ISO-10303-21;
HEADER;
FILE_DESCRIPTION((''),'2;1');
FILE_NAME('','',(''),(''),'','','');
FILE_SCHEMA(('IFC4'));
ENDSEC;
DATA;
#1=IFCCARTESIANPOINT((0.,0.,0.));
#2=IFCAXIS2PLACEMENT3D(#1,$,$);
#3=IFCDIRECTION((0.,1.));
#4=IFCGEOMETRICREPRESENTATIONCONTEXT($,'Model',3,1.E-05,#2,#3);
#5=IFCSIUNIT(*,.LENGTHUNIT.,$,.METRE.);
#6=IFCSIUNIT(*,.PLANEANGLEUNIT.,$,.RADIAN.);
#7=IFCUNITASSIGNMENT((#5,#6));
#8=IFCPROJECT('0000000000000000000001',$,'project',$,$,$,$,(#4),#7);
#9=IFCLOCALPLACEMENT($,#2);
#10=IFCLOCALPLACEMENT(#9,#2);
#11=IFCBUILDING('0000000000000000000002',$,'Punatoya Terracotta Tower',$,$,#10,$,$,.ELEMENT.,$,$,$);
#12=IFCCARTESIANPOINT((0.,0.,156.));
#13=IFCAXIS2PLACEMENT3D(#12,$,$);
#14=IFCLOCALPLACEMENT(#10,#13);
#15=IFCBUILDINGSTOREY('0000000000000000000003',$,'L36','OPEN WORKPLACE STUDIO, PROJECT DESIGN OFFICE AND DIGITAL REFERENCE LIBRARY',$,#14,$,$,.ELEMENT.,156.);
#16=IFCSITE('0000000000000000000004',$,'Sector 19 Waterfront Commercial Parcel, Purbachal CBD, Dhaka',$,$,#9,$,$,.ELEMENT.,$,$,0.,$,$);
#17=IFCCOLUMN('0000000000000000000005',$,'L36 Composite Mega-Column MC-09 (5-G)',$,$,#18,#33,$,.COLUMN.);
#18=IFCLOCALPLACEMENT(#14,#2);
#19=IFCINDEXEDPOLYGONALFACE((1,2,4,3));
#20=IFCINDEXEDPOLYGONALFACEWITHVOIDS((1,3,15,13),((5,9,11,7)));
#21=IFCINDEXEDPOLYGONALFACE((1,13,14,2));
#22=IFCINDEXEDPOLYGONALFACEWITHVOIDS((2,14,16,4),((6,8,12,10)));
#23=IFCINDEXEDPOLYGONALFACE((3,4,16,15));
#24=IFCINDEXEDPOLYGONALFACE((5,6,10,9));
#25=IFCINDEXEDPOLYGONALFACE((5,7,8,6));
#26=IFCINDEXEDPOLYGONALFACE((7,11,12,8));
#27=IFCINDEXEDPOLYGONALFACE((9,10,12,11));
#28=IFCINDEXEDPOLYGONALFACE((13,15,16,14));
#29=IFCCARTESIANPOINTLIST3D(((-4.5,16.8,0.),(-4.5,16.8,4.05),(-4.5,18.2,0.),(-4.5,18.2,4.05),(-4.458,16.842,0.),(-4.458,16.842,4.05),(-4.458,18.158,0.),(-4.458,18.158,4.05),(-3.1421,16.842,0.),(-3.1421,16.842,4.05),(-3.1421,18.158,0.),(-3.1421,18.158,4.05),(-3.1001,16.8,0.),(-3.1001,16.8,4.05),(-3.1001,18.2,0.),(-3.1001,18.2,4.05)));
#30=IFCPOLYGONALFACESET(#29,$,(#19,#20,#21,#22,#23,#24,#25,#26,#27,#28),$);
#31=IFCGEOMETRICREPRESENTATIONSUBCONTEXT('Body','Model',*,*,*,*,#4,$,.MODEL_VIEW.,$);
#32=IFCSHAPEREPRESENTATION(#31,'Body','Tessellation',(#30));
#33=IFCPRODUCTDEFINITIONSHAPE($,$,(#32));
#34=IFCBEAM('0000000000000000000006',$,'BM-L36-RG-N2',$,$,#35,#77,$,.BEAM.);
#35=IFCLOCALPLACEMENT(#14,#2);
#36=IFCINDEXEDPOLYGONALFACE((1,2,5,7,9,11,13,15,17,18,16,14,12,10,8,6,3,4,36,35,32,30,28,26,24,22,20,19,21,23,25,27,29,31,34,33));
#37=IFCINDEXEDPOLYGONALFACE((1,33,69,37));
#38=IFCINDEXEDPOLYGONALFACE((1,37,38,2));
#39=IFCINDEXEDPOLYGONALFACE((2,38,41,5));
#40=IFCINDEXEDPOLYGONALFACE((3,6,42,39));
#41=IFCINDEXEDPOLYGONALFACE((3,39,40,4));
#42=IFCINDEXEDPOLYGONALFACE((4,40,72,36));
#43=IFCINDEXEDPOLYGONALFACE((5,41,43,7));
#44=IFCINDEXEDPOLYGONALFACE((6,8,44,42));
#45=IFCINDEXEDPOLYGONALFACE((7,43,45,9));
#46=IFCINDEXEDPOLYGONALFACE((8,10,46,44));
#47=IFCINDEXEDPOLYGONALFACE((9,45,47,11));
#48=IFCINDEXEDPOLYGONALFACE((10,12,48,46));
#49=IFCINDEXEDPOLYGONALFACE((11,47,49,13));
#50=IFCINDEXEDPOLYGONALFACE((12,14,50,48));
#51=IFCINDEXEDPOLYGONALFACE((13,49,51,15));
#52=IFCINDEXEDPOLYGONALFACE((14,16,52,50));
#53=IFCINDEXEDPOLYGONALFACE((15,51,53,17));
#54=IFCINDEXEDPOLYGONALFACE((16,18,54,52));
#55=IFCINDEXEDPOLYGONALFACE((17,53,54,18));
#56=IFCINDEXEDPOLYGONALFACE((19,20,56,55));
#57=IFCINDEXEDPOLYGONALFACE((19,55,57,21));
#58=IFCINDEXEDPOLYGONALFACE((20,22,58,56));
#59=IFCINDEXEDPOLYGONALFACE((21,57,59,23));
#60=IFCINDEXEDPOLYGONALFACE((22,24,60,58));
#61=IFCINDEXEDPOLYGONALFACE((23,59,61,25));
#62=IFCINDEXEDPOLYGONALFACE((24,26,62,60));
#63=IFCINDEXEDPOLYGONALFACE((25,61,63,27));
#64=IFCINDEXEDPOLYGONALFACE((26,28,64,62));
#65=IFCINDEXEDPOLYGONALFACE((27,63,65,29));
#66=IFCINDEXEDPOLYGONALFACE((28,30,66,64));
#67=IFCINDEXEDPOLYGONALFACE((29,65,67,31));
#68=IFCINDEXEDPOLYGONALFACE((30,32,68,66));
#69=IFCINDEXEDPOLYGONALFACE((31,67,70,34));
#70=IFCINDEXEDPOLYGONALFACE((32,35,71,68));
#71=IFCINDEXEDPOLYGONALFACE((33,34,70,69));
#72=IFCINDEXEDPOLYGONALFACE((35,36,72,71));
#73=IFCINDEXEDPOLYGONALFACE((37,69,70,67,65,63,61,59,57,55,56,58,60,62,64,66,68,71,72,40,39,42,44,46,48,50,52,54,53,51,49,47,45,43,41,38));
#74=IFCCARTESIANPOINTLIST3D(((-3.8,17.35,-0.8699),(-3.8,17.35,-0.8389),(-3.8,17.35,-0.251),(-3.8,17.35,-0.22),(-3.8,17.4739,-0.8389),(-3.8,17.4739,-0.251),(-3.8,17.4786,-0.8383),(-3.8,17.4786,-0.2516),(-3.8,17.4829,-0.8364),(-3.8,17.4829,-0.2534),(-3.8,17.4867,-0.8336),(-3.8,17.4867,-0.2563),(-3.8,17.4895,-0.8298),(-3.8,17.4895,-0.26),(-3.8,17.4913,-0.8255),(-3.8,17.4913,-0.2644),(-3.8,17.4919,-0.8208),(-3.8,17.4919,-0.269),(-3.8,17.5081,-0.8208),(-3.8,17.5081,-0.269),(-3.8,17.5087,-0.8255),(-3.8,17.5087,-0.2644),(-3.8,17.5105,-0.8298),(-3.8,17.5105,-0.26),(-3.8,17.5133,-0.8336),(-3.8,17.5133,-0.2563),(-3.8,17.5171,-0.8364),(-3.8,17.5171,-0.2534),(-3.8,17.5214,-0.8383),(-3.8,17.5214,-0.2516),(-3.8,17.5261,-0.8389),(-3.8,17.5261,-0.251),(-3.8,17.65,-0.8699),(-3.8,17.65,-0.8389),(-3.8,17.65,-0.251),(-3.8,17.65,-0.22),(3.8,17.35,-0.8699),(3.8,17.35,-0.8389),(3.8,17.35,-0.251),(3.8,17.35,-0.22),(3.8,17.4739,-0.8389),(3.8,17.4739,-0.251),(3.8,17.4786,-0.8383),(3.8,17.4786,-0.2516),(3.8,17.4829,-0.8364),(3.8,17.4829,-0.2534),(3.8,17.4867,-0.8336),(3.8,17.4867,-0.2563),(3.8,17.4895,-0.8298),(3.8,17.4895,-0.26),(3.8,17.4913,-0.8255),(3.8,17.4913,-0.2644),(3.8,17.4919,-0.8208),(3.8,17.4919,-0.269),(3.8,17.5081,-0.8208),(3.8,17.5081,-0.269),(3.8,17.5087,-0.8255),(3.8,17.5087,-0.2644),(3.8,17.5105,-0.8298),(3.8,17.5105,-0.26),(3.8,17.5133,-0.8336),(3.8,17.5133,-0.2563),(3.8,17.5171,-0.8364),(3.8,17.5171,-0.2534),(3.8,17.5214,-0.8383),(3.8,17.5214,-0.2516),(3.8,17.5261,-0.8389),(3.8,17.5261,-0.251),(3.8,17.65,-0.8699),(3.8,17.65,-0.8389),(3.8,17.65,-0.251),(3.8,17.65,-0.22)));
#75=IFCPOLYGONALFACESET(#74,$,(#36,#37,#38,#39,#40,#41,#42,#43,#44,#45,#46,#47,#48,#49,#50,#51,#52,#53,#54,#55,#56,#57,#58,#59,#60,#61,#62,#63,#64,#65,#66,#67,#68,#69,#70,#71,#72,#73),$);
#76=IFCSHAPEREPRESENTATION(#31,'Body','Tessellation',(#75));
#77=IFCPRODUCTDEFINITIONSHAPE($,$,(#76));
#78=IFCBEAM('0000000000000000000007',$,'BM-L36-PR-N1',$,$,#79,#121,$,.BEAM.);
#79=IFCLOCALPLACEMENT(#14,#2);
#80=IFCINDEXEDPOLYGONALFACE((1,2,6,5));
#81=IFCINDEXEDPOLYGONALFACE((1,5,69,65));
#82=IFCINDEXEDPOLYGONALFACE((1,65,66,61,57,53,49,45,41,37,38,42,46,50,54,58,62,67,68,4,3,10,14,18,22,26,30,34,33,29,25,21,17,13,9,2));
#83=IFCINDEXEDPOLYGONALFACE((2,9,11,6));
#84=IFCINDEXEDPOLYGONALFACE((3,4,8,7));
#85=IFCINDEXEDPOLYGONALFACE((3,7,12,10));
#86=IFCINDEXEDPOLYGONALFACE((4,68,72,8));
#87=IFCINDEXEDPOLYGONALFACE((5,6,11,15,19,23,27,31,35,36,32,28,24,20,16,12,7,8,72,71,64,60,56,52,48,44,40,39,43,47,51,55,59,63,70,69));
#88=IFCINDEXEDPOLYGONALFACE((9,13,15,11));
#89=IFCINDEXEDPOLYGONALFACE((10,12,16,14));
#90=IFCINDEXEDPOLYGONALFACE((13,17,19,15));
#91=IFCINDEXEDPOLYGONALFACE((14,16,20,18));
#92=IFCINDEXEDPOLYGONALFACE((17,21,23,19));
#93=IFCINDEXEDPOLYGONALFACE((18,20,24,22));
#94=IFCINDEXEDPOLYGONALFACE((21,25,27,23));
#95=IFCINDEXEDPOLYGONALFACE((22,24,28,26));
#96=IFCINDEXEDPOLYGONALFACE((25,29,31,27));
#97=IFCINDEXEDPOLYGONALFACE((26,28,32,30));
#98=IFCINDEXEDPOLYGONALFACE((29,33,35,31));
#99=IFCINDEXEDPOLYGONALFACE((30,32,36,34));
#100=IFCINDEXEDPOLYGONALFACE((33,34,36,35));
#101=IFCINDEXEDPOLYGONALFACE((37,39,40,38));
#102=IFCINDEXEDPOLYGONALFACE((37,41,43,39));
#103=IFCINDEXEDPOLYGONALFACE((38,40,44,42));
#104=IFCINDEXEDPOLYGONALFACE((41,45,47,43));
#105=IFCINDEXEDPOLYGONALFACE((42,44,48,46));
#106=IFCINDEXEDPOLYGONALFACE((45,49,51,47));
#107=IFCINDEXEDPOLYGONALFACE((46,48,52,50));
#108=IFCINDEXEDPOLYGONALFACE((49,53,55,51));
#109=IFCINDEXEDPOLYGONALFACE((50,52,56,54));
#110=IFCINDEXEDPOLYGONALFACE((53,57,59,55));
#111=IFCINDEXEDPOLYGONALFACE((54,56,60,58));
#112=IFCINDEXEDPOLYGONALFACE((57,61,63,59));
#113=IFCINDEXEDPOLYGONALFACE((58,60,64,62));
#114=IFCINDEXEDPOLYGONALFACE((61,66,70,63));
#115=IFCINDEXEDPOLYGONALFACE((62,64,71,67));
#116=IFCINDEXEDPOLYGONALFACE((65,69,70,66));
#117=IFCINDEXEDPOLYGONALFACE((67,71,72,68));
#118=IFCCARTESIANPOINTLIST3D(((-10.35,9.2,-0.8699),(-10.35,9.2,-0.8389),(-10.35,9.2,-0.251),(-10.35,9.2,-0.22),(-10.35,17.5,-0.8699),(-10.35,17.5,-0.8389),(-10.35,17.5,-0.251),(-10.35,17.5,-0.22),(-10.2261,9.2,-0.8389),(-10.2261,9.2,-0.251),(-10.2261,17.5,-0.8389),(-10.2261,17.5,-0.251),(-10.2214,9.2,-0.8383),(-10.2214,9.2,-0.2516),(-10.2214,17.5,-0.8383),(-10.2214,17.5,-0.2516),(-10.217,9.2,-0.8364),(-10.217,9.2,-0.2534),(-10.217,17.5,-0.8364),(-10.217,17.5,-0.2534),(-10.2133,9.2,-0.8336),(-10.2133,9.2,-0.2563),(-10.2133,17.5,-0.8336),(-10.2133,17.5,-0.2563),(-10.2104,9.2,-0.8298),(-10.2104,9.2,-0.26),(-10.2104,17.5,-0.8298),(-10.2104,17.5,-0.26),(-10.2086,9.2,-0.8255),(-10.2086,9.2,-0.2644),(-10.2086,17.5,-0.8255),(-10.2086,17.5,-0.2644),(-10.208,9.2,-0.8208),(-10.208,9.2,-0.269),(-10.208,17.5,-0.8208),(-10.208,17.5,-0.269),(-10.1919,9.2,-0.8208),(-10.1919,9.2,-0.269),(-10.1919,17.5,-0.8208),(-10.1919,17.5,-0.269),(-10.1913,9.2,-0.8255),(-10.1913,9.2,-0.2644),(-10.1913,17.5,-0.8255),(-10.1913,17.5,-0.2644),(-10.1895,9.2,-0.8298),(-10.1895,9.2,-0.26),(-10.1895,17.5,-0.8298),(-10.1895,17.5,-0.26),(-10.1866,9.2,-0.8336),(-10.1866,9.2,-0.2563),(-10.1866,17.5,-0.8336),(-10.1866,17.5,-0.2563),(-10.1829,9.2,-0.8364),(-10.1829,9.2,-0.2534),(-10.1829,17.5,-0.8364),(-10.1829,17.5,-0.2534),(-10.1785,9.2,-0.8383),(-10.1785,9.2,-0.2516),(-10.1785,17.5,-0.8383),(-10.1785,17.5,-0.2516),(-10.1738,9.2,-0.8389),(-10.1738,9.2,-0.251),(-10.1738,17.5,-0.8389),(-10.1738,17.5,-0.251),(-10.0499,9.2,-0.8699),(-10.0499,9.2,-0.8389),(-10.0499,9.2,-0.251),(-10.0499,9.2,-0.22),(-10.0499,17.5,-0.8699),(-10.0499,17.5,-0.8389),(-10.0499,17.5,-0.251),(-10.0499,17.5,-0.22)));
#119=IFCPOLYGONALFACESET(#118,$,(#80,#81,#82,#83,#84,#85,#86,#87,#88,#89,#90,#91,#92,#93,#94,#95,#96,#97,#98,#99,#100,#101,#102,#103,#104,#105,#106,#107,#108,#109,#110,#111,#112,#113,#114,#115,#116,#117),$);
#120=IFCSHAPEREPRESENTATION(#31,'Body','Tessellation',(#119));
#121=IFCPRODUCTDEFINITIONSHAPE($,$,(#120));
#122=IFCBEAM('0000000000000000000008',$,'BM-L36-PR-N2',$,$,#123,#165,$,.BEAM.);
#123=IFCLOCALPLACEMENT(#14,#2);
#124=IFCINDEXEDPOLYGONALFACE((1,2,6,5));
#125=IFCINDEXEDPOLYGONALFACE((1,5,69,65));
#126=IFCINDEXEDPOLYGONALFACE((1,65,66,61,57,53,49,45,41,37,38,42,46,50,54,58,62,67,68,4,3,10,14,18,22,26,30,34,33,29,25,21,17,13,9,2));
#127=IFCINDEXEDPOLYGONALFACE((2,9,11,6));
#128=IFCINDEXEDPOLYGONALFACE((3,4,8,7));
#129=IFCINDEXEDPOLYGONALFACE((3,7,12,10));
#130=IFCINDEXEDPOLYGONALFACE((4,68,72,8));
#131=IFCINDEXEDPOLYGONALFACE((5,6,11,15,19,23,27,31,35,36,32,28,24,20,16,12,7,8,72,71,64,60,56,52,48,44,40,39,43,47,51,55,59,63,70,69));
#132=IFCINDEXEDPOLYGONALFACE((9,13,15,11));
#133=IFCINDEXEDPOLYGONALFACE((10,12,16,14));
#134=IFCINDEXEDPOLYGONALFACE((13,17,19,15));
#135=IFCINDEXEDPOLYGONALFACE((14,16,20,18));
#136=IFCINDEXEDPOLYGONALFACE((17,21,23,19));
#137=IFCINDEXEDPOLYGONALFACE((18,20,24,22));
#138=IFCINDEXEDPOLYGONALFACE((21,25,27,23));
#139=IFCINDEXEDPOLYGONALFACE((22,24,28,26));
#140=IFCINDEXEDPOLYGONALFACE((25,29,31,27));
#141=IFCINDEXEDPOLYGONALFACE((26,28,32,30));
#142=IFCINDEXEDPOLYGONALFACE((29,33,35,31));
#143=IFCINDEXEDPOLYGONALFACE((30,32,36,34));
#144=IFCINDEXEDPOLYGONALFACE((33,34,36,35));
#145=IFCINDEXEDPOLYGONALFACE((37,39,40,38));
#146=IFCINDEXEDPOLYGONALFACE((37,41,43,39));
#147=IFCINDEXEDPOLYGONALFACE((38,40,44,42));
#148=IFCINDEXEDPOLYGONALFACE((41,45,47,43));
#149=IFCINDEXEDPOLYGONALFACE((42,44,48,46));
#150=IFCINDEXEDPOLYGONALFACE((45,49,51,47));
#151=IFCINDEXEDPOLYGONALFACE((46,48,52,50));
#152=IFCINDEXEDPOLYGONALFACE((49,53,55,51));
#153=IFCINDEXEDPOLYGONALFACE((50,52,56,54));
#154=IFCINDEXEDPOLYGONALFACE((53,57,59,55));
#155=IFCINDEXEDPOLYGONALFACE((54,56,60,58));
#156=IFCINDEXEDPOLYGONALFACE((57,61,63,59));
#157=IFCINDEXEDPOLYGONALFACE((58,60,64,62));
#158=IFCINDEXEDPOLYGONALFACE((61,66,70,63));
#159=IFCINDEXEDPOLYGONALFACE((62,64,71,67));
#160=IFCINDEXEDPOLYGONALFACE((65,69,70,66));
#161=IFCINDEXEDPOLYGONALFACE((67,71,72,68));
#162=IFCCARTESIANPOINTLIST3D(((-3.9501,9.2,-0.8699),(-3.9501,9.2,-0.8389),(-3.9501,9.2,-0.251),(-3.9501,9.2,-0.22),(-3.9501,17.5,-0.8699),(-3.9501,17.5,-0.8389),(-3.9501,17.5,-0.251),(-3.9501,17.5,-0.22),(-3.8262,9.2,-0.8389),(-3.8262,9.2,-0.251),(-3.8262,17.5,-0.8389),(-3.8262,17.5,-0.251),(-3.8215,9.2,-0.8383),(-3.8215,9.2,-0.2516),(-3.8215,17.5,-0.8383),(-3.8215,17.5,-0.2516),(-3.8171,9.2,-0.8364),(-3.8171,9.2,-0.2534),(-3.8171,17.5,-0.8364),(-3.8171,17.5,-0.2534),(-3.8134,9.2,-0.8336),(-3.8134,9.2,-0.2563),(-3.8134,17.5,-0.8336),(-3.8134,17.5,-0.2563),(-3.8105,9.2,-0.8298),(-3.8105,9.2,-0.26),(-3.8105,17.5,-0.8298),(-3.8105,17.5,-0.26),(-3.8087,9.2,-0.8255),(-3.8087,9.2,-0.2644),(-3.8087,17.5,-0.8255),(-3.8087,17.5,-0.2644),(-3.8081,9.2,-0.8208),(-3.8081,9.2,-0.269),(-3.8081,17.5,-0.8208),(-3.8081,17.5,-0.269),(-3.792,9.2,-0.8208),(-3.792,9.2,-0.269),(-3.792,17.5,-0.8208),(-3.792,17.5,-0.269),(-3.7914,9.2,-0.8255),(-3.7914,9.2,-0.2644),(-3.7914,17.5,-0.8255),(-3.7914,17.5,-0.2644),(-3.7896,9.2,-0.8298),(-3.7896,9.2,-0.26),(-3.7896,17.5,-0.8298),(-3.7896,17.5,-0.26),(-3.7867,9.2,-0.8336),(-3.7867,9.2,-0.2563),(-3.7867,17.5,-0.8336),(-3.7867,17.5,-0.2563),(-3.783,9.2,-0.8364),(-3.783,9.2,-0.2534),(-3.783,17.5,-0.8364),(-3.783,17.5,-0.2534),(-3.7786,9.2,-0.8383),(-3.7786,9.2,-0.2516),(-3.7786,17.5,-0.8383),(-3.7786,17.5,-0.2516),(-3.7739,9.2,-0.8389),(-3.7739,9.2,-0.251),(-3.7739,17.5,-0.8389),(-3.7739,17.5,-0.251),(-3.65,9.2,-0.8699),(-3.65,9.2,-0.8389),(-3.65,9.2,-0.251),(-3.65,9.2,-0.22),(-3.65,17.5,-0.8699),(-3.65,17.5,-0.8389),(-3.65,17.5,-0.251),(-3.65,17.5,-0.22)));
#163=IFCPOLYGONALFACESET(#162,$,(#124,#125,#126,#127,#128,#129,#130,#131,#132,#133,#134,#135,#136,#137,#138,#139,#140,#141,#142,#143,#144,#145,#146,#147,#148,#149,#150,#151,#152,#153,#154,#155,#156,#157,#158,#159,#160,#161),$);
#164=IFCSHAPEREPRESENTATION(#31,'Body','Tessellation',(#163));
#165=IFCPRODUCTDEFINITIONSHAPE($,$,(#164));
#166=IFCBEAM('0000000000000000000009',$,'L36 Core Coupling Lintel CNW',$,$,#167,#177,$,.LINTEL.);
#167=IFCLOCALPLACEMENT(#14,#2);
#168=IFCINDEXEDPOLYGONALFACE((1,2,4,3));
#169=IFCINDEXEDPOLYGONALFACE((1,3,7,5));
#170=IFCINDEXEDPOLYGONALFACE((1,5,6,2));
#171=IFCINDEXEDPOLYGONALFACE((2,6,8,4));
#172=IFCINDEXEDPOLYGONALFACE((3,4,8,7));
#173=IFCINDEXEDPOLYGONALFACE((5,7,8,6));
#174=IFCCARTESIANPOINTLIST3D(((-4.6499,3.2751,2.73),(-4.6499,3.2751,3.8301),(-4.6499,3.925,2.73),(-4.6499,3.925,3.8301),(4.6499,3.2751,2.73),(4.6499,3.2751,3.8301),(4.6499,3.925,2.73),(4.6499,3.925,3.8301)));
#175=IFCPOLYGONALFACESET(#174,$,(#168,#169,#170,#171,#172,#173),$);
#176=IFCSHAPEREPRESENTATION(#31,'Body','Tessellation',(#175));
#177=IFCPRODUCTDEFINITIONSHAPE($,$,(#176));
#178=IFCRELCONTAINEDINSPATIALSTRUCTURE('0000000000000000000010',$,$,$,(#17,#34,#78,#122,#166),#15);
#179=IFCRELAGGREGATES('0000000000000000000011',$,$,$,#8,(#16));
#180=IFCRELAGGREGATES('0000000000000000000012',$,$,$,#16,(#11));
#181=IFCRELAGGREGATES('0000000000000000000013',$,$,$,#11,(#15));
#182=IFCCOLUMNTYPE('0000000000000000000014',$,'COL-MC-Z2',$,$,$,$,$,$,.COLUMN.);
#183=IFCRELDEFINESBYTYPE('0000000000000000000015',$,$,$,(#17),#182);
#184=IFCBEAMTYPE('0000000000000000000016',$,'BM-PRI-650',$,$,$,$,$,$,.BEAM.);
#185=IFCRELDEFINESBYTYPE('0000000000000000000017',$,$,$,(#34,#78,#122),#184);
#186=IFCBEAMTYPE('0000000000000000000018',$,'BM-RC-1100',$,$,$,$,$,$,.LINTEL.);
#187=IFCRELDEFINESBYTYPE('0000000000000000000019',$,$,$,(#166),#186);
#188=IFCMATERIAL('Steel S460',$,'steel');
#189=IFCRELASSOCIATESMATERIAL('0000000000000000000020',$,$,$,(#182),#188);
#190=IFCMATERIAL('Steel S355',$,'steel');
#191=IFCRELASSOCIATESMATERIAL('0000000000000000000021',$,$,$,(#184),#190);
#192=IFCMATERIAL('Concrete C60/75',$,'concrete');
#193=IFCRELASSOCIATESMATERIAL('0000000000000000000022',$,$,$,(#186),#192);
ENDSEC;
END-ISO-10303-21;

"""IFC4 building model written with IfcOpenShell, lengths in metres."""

from ifc_helpers import new_model, si_unit, direction, frame, origin, origin_2d, place, context, subcontext, project, spatial, rectangle, hollow_rectangle, i_section, extrude, material, material_profile, profile_set, type_object, element, save


model = new_model("IFC4")

# Units and contexts
model_context = context("Model", 3, precision=1e-05, world=origin(), true_north=direction((0.0, 1.0)))
body_context = subcontext(model_context, "Body", "Model", "MODEL_VIEW")
ifc_project = project(units=[si_unit("LENGTHUNIT", "METRE"), si_unit("PLANEANGLEUNIT", "RADIAN")], contexts=[model_context])

# Site, building, storey
site_placement = place(None, origin())
site = spatial("IfcSite", under=ifc_project, at=site_placement, Name="Sector 19 Waterfront Commercial Parcel, Purbachal CBD, Dhaka", CompositionType="ELEMENT", RefElevation=0.0)
building_placement = place(site_placement, origin())
building = spatial("IfcBuilding", under=site, at=building_placement, Name="Punatoya Terracotta Tower", CompositionType="ELEMENT")
storey_placement = place(building_placement, frame((0.0, 0.0, 156.0)))
storey = spatial("IfcBuildingStorey", under=building, at=storey_placement, Name="L36", Description="OPEN WORKPLACE STUDIO, PROJECT DESIGN OFFICE AND DIGITAL REFERENCE LIBRARY", CompositionType="ELEMENT", Elevation=156.0)

# Column
ifc_material_1 = material(Name="Steel S460", Category="steel")
ifc_material_profile_1 = material_profile(ifc_material_1, hollow_rectangle(XDim=1.3999, YDim=1.3999, WallThickness=0.042, at=origin_2d()))
ifc_profile_set_1 = profile_set([ifc_material_profile_1], Name="Steel S460")
column_type = type_object("IfcColumnType", Name="COL-MC-Z2", PredefinedType="COLUMN", material=ifc_profile_set_1)
column_placement = place(storey_placement, frame((-3.8, 17.5, 0.0), z_axis=(0.0, 0.0, 1.0), x_axis=(1.0, 0.0, 0.0)))
element("IfcColumn", 1, at=column_placement, inside=storey, type_object=column_type, Name="L36 Composite Mega-Column MC-09 (5-G)", PredefinedType="COLUMN", context=body_context, shape_type="SweptSolid", body=[
    extrude(hollow_rectangle(XDim=1.3999, YDim=1.3999, WallThickness=0.042, at=origin_2d()), origin(), (0.0, 0.0, 1.0), 4.05),
])

# Beams
ifc_material_2 = material(Name="Steel S355", Category="steel")
ifc_material_profile_2 = material_profile(ifc_material_2, i_section(OverallWidth=0.3, OverallDepth=0.6499, WebThickness=0.0161, FlangeThickness=0.031, FilletRadius=0.0181, at=origin_2d()))
ifc_profile_set_2 = profile_set([ifc_material_profile_2], Name="Steel S355")
beam_type_1 = type_object("IfcBeamType", Name="BM-PRI-650", PredefinedType="BEAM", material=ifc_profile_set_2)
beam_1_placement = place(storey_placement, frame((-3.8, 17.5, -0.5449), z_axis=(1.0, 0.0, 0.0), x_axis=(0.0, 1.0, 0.0)))
element("IfcBeam", 2, at=beam_1_placement, inside=storey, type_object=beam_type_1, Name="BM-L36-RG-N2", PredefinedType="BEAM", context=body_context, shape_type="SweptSolid", body=[
    extrude(i_section(OverallWidth=0.3, OverallDepth=0.6499, WebThickness=0.0161, FlangeThickness=0.031, FilletRadius=0.0181, at=origin_2d()), origin(), (0.0, 0.0, 1.0), 7.6001),
])
for number, where, z_axis, x_axis, name in (
    (3, (-10.2, 9.2, -0.5449), (0.0, 1.0, 0.0), (-1.0, 0.0, 0.0), "BM-L36-PR-N1"),
    (4, (-3.8, 9.2, -0.5449), (0.0, 1.0, 0.0), (-1.0, 0.0, 0.0), "BM-L36-PR-N2"),
):
    element("IfcBeam", number, at=place(storey_placement, frame(where, z_axis=z_axis, x_axis=x_axis)), inside=storey, type_object=beam_type_1, Name=name, PredefinedType="BEAM", context=body_context, shape_type="SweptSolid", body=[
        extrude(i_section(OverallWidth=0.3, OverallDepth=0.6499, WebThickness=0.0161, FlangeThickness=0.031, FilletRadius=0.0181, at=origin_2d()), origin(), (0.0, 0.0, 1.0), 8.3),
    ])
ifc_material_3 = material(Name="Concrete C60/75", Category="concrete")
ifc_material_profile_3 = material_profile(ifc_material_3, rectangle(XDim=0.6499, YDim=1.1001, at=origin_2d()))
ifc_profile_set_3 = profile_set([ifc_material_profile_3], Name="Concrete C60/75")
beam_type_2 = type_object("IfcBeamType", Name="BM-RC-1100", PredefinedType="LINTEL", material=ifc_profile_set_3)
beam_2_placement = place(storey_placement, frame((-4.6499, 3.6001, 3.28), z_axis=(1.0, 0.0, 0.0), x_axis=(0.0, 1.0, 0.0)))
element("IfcBeam", 5, at=beam_2_placement, inside=storey, type_object=beam_type_2, Name="L36 Core Coupling Lintel CNW", PredefinedType="LINTEL", context=body_context, shape_type="SweptSolid", body=[
    extrude(rectangle(XDim=0.6499, YDim=1.1001, at=origin_2d()), origin(), (0.0, 0.0, 1.0), 9.2998),
])

save(model, "model.ifc")
